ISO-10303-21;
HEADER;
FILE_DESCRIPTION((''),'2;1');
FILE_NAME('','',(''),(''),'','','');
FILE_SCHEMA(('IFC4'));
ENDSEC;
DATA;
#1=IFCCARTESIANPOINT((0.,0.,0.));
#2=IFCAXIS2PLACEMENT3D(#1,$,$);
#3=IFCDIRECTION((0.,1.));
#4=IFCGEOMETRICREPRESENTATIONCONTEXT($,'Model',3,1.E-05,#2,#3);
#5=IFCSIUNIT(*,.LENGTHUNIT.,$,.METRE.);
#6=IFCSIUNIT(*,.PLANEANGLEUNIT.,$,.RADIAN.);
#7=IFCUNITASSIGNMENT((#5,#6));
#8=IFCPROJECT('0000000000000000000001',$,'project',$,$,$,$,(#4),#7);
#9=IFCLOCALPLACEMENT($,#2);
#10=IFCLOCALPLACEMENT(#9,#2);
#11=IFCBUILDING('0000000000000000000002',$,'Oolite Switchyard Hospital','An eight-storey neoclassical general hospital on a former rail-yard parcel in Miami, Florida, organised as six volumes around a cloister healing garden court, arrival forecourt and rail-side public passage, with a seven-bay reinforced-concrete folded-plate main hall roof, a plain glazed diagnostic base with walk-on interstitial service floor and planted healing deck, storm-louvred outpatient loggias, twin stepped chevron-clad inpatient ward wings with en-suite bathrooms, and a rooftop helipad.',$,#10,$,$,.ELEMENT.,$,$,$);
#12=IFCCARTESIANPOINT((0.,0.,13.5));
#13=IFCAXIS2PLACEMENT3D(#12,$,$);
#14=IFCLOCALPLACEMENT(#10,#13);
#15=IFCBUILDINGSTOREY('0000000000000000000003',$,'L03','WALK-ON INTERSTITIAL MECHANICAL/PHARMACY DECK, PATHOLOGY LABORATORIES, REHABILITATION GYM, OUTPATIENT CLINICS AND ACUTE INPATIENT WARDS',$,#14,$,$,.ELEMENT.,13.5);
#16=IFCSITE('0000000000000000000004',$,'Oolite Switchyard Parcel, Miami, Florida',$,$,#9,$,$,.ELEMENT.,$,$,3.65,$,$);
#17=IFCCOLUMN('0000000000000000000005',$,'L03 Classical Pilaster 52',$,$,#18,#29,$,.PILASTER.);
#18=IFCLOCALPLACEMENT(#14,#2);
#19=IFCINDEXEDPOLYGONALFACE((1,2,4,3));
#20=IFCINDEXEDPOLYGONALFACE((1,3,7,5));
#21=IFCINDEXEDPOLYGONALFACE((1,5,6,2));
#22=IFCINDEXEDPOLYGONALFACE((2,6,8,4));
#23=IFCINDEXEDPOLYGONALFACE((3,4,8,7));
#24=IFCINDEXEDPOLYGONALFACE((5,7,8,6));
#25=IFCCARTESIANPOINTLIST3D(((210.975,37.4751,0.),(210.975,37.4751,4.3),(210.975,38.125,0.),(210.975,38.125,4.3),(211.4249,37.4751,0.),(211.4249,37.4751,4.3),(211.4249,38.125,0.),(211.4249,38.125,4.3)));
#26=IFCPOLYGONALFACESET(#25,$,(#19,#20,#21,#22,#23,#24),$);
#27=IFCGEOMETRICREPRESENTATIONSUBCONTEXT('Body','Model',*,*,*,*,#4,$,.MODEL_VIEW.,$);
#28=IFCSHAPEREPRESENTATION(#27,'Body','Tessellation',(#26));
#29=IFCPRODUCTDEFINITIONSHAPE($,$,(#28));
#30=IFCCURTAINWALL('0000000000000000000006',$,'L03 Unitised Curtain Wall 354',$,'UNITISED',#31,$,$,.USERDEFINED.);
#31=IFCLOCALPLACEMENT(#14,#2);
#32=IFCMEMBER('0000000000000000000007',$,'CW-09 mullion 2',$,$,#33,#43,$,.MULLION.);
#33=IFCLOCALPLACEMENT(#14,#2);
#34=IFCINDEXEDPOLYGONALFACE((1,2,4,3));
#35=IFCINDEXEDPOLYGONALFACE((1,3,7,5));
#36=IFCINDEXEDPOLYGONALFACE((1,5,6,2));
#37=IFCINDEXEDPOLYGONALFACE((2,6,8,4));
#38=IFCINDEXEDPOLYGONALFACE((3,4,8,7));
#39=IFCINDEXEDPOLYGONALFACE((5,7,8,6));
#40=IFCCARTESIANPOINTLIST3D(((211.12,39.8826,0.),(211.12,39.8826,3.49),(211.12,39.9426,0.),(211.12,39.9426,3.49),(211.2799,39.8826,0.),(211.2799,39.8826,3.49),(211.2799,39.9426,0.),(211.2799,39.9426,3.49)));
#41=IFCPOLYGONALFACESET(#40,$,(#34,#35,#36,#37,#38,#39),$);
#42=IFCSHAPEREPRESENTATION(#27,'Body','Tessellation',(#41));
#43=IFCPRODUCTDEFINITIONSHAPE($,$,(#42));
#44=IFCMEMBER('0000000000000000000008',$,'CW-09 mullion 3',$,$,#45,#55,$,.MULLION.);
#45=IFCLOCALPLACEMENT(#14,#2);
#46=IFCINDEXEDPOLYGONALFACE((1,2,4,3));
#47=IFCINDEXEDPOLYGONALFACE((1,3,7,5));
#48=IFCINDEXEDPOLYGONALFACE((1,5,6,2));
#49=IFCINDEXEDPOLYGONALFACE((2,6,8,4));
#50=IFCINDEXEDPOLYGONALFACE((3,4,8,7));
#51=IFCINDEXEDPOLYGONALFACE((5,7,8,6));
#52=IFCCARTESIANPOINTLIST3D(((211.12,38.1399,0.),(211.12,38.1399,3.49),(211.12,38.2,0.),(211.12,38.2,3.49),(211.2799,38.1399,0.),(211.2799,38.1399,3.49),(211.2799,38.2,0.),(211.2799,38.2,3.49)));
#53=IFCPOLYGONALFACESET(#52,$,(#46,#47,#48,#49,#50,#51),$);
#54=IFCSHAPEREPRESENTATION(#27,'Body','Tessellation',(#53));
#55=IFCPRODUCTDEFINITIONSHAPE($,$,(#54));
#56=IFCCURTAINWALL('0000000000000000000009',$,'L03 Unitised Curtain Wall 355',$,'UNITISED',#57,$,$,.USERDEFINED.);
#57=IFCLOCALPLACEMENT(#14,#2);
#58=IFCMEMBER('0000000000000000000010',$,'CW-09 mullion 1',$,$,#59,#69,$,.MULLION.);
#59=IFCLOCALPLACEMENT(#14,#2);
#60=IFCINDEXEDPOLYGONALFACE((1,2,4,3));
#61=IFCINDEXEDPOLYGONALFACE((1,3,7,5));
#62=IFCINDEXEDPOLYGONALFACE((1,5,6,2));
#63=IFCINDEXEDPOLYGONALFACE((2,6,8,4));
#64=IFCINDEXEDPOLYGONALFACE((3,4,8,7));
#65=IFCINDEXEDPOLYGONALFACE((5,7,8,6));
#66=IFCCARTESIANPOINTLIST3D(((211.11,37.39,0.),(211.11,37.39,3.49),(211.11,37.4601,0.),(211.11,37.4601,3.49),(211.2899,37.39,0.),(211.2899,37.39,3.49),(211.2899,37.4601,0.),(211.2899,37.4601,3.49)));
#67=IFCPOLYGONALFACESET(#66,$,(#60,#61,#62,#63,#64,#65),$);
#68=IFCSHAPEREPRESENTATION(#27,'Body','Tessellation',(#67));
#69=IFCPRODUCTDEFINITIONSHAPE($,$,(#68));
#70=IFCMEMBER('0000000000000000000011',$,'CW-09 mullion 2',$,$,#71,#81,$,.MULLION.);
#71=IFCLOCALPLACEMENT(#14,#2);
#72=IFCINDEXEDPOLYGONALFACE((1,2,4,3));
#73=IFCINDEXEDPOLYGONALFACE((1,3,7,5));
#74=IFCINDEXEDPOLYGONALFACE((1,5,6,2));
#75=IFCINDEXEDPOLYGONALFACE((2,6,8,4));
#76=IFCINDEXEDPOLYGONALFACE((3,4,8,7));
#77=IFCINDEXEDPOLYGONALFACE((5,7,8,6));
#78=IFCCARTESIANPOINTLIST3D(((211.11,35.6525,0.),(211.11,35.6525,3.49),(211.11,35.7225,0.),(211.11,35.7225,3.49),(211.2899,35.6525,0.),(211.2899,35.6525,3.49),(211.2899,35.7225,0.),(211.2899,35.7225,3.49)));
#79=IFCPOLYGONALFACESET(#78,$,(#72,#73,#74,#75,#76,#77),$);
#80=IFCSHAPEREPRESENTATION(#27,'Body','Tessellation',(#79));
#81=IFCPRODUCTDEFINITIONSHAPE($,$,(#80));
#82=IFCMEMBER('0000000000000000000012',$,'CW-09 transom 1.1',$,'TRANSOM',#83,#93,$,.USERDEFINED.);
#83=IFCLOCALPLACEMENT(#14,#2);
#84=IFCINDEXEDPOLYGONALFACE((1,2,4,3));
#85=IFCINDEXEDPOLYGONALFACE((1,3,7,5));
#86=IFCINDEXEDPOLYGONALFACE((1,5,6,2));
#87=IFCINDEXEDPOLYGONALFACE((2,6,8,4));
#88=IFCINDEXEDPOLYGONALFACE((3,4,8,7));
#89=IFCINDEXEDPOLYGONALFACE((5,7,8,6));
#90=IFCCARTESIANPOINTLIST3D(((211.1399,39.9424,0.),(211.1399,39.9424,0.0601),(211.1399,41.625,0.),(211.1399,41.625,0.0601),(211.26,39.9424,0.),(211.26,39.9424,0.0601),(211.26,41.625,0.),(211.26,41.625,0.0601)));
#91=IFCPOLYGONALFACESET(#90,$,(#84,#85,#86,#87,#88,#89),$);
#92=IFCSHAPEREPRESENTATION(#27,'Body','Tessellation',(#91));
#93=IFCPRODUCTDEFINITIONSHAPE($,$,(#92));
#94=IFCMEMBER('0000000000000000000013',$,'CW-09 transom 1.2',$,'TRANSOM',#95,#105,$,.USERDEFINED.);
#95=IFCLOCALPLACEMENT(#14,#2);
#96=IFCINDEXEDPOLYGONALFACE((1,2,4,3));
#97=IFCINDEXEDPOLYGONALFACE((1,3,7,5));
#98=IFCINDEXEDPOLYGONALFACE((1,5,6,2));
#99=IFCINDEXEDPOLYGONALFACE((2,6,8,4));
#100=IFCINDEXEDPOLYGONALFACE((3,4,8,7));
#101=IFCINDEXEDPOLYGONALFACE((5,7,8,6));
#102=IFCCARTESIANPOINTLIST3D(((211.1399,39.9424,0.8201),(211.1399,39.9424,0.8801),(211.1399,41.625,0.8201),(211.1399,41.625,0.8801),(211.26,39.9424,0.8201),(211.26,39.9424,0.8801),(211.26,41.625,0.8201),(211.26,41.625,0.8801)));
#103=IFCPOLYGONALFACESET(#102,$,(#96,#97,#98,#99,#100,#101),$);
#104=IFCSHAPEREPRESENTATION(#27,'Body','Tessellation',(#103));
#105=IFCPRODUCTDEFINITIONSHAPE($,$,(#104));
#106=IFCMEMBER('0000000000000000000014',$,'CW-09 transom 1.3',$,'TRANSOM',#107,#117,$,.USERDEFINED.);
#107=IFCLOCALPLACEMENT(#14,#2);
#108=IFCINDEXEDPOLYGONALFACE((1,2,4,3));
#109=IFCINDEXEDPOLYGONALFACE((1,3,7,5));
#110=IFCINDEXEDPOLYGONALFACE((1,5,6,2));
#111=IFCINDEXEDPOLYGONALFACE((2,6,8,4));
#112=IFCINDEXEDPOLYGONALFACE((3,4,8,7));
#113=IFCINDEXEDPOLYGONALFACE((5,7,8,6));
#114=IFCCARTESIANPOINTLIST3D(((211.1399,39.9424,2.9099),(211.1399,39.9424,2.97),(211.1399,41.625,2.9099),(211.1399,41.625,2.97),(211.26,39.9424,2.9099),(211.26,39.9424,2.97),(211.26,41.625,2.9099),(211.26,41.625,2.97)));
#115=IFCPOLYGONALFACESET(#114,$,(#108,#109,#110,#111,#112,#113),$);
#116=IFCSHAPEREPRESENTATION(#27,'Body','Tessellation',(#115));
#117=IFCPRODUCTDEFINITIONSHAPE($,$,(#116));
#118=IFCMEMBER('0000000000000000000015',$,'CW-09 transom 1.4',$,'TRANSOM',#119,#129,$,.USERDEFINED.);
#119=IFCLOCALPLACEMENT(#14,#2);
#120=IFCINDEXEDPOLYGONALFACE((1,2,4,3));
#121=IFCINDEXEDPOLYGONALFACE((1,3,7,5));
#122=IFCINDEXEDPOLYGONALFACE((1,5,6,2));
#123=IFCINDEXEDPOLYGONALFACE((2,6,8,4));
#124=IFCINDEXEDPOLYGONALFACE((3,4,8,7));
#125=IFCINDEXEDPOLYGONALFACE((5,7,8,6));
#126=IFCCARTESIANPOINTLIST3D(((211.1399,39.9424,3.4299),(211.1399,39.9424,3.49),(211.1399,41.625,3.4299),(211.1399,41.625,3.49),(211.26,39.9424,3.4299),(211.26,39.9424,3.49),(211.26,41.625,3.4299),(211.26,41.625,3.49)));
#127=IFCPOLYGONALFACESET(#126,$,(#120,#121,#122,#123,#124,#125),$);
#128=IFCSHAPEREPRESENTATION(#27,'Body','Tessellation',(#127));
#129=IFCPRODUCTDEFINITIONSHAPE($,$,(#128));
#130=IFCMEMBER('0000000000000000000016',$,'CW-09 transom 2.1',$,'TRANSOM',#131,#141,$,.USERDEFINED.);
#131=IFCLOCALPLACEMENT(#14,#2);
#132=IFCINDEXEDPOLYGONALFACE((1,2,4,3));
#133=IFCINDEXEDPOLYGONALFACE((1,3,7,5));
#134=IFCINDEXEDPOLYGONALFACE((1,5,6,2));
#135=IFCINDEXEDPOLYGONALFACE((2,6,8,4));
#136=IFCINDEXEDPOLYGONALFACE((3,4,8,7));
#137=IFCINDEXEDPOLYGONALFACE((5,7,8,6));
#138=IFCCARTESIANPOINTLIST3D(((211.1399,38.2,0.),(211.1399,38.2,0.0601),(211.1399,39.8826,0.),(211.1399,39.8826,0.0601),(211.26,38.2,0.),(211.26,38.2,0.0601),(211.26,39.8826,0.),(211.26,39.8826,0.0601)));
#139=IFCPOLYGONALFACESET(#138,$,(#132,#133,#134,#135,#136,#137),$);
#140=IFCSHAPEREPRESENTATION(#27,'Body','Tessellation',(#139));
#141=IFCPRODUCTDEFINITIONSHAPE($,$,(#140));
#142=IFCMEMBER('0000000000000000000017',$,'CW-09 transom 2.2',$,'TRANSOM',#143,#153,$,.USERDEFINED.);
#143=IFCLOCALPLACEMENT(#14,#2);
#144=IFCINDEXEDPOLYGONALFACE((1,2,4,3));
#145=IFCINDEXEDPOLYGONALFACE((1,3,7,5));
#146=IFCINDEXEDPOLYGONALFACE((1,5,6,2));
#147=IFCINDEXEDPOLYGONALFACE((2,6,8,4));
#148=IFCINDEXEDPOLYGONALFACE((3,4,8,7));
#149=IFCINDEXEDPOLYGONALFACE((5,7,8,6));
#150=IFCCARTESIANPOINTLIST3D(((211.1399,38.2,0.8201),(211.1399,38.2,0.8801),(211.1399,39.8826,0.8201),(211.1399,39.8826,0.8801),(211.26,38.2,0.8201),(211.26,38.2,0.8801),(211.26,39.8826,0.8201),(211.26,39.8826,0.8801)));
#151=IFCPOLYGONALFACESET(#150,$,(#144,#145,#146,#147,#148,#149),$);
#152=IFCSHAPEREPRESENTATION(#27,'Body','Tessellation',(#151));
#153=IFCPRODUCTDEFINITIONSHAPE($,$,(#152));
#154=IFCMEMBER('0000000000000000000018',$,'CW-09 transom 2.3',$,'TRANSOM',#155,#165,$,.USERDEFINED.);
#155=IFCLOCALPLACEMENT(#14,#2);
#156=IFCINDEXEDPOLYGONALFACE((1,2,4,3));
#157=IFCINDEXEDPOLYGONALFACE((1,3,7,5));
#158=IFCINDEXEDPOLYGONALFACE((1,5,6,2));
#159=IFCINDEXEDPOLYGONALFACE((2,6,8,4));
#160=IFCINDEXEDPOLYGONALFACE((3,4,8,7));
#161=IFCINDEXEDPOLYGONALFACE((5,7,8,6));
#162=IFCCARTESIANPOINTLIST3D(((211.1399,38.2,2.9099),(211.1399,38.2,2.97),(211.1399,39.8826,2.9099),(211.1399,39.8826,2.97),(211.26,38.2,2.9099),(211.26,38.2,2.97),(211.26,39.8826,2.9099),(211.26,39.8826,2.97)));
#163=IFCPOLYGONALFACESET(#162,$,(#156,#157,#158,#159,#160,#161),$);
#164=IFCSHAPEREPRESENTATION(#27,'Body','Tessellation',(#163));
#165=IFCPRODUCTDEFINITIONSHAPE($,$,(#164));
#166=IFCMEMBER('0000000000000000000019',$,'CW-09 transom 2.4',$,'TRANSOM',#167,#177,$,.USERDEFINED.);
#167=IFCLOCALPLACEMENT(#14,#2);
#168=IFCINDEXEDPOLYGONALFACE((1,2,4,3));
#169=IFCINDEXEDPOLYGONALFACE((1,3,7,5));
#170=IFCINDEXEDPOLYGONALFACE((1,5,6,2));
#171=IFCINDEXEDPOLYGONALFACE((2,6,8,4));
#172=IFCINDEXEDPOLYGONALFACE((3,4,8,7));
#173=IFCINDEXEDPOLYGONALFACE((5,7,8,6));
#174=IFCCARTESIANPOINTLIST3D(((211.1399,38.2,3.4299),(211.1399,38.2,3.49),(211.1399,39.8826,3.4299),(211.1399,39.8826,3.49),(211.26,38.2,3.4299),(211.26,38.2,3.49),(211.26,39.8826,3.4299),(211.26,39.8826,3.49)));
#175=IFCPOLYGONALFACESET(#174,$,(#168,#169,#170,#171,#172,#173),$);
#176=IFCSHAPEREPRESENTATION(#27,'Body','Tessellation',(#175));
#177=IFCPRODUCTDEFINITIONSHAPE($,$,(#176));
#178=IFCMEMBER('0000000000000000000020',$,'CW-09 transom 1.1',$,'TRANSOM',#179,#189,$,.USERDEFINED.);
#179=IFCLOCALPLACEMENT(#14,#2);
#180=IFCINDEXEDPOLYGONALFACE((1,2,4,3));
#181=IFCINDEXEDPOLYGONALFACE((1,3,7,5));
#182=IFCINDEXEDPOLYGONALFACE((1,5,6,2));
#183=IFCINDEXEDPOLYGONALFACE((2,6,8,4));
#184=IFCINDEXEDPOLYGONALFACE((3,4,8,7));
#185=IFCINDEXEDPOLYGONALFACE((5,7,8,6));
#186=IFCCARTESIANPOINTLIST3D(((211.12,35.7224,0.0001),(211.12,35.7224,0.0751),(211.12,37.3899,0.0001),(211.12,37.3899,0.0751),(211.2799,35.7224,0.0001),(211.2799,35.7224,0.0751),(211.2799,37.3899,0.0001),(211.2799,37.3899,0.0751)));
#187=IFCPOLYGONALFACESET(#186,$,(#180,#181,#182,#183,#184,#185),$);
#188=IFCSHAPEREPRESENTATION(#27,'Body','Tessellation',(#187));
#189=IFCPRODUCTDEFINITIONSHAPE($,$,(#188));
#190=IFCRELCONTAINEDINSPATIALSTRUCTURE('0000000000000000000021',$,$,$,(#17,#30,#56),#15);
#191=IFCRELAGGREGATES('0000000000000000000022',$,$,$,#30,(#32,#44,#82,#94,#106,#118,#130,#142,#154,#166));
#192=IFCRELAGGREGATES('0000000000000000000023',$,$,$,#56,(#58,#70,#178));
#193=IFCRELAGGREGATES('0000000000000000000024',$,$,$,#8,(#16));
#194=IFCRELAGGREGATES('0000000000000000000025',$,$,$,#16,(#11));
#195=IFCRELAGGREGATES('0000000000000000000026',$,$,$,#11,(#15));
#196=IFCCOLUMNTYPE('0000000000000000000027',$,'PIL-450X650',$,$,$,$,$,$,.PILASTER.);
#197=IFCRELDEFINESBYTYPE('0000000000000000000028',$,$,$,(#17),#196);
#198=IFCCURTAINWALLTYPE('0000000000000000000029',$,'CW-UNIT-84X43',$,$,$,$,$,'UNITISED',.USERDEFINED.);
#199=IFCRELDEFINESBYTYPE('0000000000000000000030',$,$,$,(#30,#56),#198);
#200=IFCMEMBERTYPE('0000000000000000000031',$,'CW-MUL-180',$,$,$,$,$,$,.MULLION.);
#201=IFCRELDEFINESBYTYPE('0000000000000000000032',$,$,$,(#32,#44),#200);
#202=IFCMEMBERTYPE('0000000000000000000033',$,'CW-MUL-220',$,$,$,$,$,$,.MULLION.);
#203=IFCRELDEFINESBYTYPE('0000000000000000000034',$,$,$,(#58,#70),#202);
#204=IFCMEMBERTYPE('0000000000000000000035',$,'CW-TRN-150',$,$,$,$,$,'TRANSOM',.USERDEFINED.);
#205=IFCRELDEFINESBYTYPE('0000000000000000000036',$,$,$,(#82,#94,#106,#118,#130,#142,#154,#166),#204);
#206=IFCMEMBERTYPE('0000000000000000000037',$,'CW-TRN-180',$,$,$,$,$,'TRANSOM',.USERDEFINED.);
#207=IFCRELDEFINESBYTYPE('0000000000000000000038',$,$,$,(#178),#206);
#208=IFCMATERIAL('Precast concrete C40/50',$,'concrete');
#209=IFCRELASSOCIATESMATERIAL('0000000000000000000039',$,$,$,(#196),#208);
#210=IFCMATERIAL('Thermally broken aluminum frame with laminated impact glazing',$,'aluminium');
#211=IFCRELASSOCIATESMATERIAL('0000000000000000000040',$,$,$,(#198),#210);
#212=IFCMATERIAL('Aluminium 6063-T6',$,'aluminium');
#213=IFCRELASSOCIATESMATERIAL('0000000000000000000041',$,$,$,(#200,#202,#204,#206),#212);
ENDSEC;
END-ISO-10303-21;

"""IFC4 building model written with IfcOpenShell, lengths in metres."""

from ifc_helpers import new_model, si_unit, direction, frame, origin, origin_2d, place, context, subcontext, project, spatial, rectangle, extrude, material, material_profile, profile_set, type_object, element, aggregate, save


model = new_model("IFC4")

# Units and contexts
model_context = context("Model", 3, precision=1e-05, world=origin(), true_north=direction((0.0, 1.0)))
body_context = subcontext(model_context, "Body", "Model", "MODEL_VIEW")
ifc_project = project(units=[si_unit("LENGTHUNIT", "METRE"), si_unit("PLANEANGLEUNIT", "RADIAN")], contexts=[model_context])

# Site, building, storey
site_placement = place(None, origin())
site = spatial("IfcSite", under=ifc_project, at=site_placement, Name="Oolite Switchyard Parcel, Miami, Florida", CompositionType="ELEMENT", RefElevation=3.65)
building_placement = place(site_placement, origin())
building = spatial("IfcBuilding", under=site, at=building_placement, Name="Oolite Switchyard Hospital", Description="An eight-storey neoclassical general hospital on a former rail-yard parcel in Miami, Florida, organised as six volumes around a cloister healing garden court, arrival forecourt and rail-side public passage, with a seven-bay reinforced-concrete folded-plate main hall roof, a plain glazed diagnostic base with walk-on interstitial service floor and planted healing deck, storm-louvred outpatient loggias, twin stepped chevron-clad inpatient ward wings with en-suite bathrooms, and a rooftop helipad.", CompositionType="ELEMENT")
storey_placement = place(building_placement, frame((0.0, 0.0, 13.5)))
storey = spatial("IfcBuildingStorey", under=building, at=storey_placement, Name="L03", Description="WALK-ON INTERSTITIAL MECHANICAL/PHARMACY DECK, PATHOLOGY LABORATORIES, REHABILITATION GYM, OUTPATIENT CLINICS AND ACUTE INPATIENT WARDS", CompositionType="ELEMENT", Elevation=13.5)

# Column
ifc_material_1 = material(Name="Precast concrete C40/50", Category="concrete")
ifc_material_profile_1 = material_profile(ifc_material_1, rectangle(XDim=0.45, YDim=0.6499, at=origin_2d()), Name="PIL450X650")
ifc_profile_set_1 = profile_set([ifc_material_profile_1], Name="Precast concrete C40/50")
column_type = type_object("IfcColumnType", Name="PIL-450X650", PredefinedType="PILASTER", material=ifc_profile_set_1)
column_placement = place(storey_placement, frame((211.2, 37.8, 0.0), z_axis=(0.0, 0.0, 1.0), x_axis=(1.0, 0.0, 0.0)))
element("IfcColumn", 1, at=column_placement, inside=storey, type_object=column_type, Name="L03 Classical Pilaster 52", PredefinedType="PILASTER", context=body_context, shape_type="SweptSolid", body=[
    extrude(rectangle(XDim=0.45, YDim=0.6499, at=origin_2d()), origin(), (0.0, 0.0, 1.0), 4.3),
])

# Curtain walls, members
ifc_material_2 = material(Name="Thermally broken aluminum frame with laminated impact glazing", Category="aluminium")
curtain_wall_type = type_object("IfcCurtainWallType", Name="CW-UNIT-84X43", ElementType="UNITISED", PredefinedType="USERDEFINED", material=ifc_material_2)
curtain_wall_1_placement = place(storey_placement, origin())
curtain_wall_1 = element("IfcCurtainWall", 2, at=curtain_wall_1_placement, inside=storey, type_object=curtain_wall_type, Name="L03 Unitised Curtain Wall 354", ObjectType="UNITISED", PredefinedType="USERDEFINED")
ifc_material_3 = material(Name="Aluminium 6063-T6", Category="aluminium")
ifc_material_profile_2 = material_profile(ifc_material_3, rectangle(XDim=0.1599, YDim=0.0601, at=origin_2d()), Name="CWM60X160")
ifc_profile_set_2 = profile_set([ifc_material_profile_2], Name="Aluminium 6063-T6")
member_type_1 = type_object("IfcMemberType", Name="CW-MUL-180", PredefinedType="MULLION", material=ifc_profile_set_2)
member_1_placement = place(storey_placement, frame((211.2, 39.9126, 0.0), z_axis=(0.0, 0.0, 1.0), x_axis=(1.0, 0.0, 0.0)))
member_1 = element("IfcMember", 3, at=member_1_placement, type_object=member_type_1, Name="CW-09 mullion 2", PredefinedType="MULLION", context=body_context, shape_type="SweptSolid", body=[
    extrude(rectangle(XDim=0.1599, YDim=0.0601, at=origin_2d()), origin(), (0.0, 0.0, 1.0), 3.49),
])
member_2_placement = place(storey_placement, frame((211.2, 38.1699, 0.0), z_axis=(0.0, 0.0, 1.0), x_axis=(1.0, 0.0, 0.0)))
member_2 = element("IfcMember", 4, at=member_2_placement, type_object=member_type_1, Name="CW-09 mullion 3", PredefinedType="MULLION", context=body_context, shape_type="SweptSolid", body=[
    extrude(rectangle(XDim=0.1599, YDim=0.0601, at=origin_2d()), origin(), (0.0, 0.0, 1.0), 3.49),
])
curtain_wall_2_placement = place(storey_placement, origin())
curtain_wall_2 = element("IfcCurtainWall", 5, at=curtain_wall_2_placement, inside=storey, type_object=curtain_wall_type, Name="L03 Unitised Curtain Wall 355", ObjectType="UNITISED", PredefinedType="USERDEFINED")
ifc_material_profile_3 = material_profile(ifc_material_3, rectangle(XDim=0.1799, YDim=0.0701, at=origin_2d()), Name="CWM70X180")
ifc_profile_set_3 = profile_set([ifc_material_profile_3], Name="Aluminium 6063-T6")
member_type_2 = type_object("IfcMemberType", Name="CW-MUL-220", PredefinedType="MULLION", material=ifc_profile_set_3)
member_3_placement = place(storey_placement, frame((211.2, 37.425, 0.0), z_axis=(0.0, 0.0, 1.0), x_axis=(1.0, 0.0, 0.0)))
member_3 = element("IfcMember", 6, at=member_3_placement, type_object=member_type_2, Name="CW-09 mullion 1", PredefinedType="MULLION", context=body_context, shape_type="SweptSolid", body=[
    extrude(rectangle(XDim=0.1799, YDim=0.0701, at=origin_2d()), origin(), (0.0, 0.0, 1.0), 3.49),
])
member_4_placement = place(storey_placement, frame((211.2, 35.6875, 0.0), z_axis=(0.0, 0.0, 1.0), x_axis=(1.0, 0.0, 0.0)))
member_4 = element("IfcMember", 7, at=member_4_placement, type_object=member_type_2, Name="CW-09 mullion 2", PredefinedType="MULLION", context=body_context, shape_type="SweptSolid", body=[
    extrude(rectangle(XDim=0.1799, YDim=0.0701, at=origin_2d()), origin(), (0.0, 0.0, 1.0), 3.49),
])

# Members
ifc_material_profile_4 = material_profile(ifc_material_3, rectangle(XDim=0.1201, YDim=0.0601, at=origin_2d()), Name="CWT60X120")
ifc_profile_set_4 = profile_set([ifc_material_profile_4], Name="Aluminium 6063-T6")
member_type_3 = type_object("IfcMemberType", Name="CW-TRN-150", ElementType="TRANSOM", PredefinedType="USERDEFINED", material=ifc_profile_set_4)
member_5_placement = place(storey_placement, frame((211.2, 41.625, 0.03), z_axis=(0.0, -1.0, 0.0), x_axis=(1.0, 0.0, 0.0)))
member_5 = element("IfcMember", 8, at=member_5_placement, type_object=member_type_3, Name="CW-09 transom 1.1", ObjectType="TRANSOM", PredefinedType="USERDEFINED", context=body_context, shape_type="SweptSolid", body=[
    extrude(rectangle(XDim=0.1201, YDim=0.0601, at=origin_2d()), origin(), (0.0, 0.0, 1.0), 1.6826),
])
member_6_placement = place(storey_placement, frame((211.2, 41.625, 0.8501), z_axis=(0.0, -1.0, 0.0), x_axis=(1.0, 0.0, 0.0)))
member_6 = element("IfcMember", 9, at=member_6_placement, type_object=member_type_3, Name="CW-09 transom 1.2", ObjectType="TRANSOM", PredefinedType="USERDEFINED", context=body_context, shape_type="SweptSolid", body=[
    extrude(rectangle(XDim=0.1201, YDim=0.0601, at=origin_2d()), origin(), (0.0, 0.0, 1.0), 1.6826),
])
member_7_placement = place(storey_placement, frame((211.2, 41.625, 2.9399), z_axis=(0.0, -1.0, 0.0), x_axis=(1.0, 0.0, 0.0)))
member_7 = element("IfcMember", 10, at=member_7_placement, type_object=member_type_3, Name="CW-09 transom 1.3", ObjectType="TRANSOM", PredefinedType="USERDEFINED", context=body_context, shape_type="SweptSolid", body=[
    extrude(rectangle(XDim=0.1201, YDim=0.0601, at=origin_2d()), origin(), (0.0, 0.0, 1.0), 1.6826),
])
member_8_placement = place(storey_placement, frame((211.2, 41.625, 3.46), z_axis=(0.0, -1.0, 0.0), x_axis=(1.0, 0.0, 0.0)))
member_8 = element("IfcMember", 11, at=member_8_placement, type_object=member_type_3, Name="CW-09 transom 1.4", ObjectType="TRANSOM", PredefinedType="USERDEFINED", context=body_context, shape_type="SweptSolid", body=[
    extrude(rectangle(XDim=0.1201, YDim=0.0601, at=origin_2d()), origin(), (0.0, 0.0, 1.0), 1.6826),
])
member_9_placement = place(storey_placement, frame((211.2, 39.8826, 0.03), z_axis=(0.0, -1.0, 0.0), x_axis=(1.0, 0.0, 0.0)))
member_9 = element("IfcMember", 12, at=member_9_placement, type_object=member_type_3, Name="CW-09 transom 2.1", ObjectType="TRANSOM", PredefinedType="USERDEFINED", context=body_context, shape_type="SweptSolid", body=[
    extrude(rectangle(XDim=0.1201, YDim=0.0601, at=origin_2d()), origin(), (0.0, 0.0, 1.0), 1.6826),
])
member_10_placement = place(storey_placement, frame((211.2, 39.8826, 0.8501), z_axis=(0.0, -1.0, 0.0), x_axis=(1.0, 0.0, 0.0)))
member_10 = element("IfcMember", 13, at=member_10_placement, type_object=member_type_3, Name="CW-09 transom 2.2", ObjectType="TRANSOM", PredefinedType="USERDEFINED", context=body_context, shape_type="SweptSolid", body=[
    extrude(rectangle(XDim=0.1201, YDim=0.0601, at=origin_2d()), origin(), (0.0, 0.0, 1.0), 1.6826),
])
member_11_placement = place(storey_placement, frame((211.2, 39.8826, 2.9399), z_axis=(0.0, -1.0, 0.0), x_axis=(1.0, 0.0, 0.0)))
member_11 = element("IfcMember", 14, at=member_11_placement, type_object=member_type_3, Name="CW-09 transom 2.3", ObjectType="TRANSOM", PredefinedType="USERDEFINED", context=body_context, shape_type="SweptSolid", body=[
    extrude(rectangle(XDim=0.1201, YDim=0.0601, at=origin_2d()), origin(), (0.0, 0.0, 1.0), 1.6826),
])
member_12_placement = place(storey_placement, frame((211.2, 39.8826, 3.46), z_axis=(0.0, -1.0, 0.0), x_axis=(1.0, 0.0, 0.0)))
member_12 = element("IfcMember", 15, at=member_12_placement, type_object=member_type_3, Name="CW-09 transom 2.4", ObjectType="TRANSOM", PredefinedType="USERDEFINED", context=body_context, shape_type="SweptSolid", body=[
    extrude(rectangle(XDim=0.1201, YDim=0.0601, at=origin_2d()), origin(), (0.0, 0.0, 1.0), 1.6826),
])
ifc_material_profile_5 = material_profile(ifc_material_3, rectangle(XDim=0.1599, YDim=0.075, at=origin_2d()), Name="CWT75X160")
ifc_profile_set_5 = profile_set([ifc_material_profile_5], Name="Aluminium 6063-T6")
member_type_4 = type_object("IfcMemberType", Name="CW-TRN-180", ElementType="TRANSOM", PredefinedType="USERDEFINED", material=ifc_profile_set_5)
member_13_placement = place(storey_placement, frame((211.2, 37.3899, 0.0376), z_axis=(0.0, -1.0, 0.0), x_axis=(1.0, 0.0, 0.0)))
member_13 = element("IfcMember", 16, at=member_13_placement, type_object=member_type_4, Name="CW-09 transom 1.1", ObjectType="TRANSOM", PredefinedType="USERDEFINED", context=body_context, shape_type="SweptSolid", body=[
    extrude(rectangle(XDim=0.1599, YDim=0.075, at=origin_2d()), origin(), (0.0, 0.0, 1.0), 1.6675),
])

aggregate(curtain_wall_1, [member_1, member_2, member_5, member_6, member_7, member_8, member_9, member_10, member_11, member_12])
aggregate(curtain_wall_2, [member_3, member_4, member_13])

save(model, "model.ifc")
